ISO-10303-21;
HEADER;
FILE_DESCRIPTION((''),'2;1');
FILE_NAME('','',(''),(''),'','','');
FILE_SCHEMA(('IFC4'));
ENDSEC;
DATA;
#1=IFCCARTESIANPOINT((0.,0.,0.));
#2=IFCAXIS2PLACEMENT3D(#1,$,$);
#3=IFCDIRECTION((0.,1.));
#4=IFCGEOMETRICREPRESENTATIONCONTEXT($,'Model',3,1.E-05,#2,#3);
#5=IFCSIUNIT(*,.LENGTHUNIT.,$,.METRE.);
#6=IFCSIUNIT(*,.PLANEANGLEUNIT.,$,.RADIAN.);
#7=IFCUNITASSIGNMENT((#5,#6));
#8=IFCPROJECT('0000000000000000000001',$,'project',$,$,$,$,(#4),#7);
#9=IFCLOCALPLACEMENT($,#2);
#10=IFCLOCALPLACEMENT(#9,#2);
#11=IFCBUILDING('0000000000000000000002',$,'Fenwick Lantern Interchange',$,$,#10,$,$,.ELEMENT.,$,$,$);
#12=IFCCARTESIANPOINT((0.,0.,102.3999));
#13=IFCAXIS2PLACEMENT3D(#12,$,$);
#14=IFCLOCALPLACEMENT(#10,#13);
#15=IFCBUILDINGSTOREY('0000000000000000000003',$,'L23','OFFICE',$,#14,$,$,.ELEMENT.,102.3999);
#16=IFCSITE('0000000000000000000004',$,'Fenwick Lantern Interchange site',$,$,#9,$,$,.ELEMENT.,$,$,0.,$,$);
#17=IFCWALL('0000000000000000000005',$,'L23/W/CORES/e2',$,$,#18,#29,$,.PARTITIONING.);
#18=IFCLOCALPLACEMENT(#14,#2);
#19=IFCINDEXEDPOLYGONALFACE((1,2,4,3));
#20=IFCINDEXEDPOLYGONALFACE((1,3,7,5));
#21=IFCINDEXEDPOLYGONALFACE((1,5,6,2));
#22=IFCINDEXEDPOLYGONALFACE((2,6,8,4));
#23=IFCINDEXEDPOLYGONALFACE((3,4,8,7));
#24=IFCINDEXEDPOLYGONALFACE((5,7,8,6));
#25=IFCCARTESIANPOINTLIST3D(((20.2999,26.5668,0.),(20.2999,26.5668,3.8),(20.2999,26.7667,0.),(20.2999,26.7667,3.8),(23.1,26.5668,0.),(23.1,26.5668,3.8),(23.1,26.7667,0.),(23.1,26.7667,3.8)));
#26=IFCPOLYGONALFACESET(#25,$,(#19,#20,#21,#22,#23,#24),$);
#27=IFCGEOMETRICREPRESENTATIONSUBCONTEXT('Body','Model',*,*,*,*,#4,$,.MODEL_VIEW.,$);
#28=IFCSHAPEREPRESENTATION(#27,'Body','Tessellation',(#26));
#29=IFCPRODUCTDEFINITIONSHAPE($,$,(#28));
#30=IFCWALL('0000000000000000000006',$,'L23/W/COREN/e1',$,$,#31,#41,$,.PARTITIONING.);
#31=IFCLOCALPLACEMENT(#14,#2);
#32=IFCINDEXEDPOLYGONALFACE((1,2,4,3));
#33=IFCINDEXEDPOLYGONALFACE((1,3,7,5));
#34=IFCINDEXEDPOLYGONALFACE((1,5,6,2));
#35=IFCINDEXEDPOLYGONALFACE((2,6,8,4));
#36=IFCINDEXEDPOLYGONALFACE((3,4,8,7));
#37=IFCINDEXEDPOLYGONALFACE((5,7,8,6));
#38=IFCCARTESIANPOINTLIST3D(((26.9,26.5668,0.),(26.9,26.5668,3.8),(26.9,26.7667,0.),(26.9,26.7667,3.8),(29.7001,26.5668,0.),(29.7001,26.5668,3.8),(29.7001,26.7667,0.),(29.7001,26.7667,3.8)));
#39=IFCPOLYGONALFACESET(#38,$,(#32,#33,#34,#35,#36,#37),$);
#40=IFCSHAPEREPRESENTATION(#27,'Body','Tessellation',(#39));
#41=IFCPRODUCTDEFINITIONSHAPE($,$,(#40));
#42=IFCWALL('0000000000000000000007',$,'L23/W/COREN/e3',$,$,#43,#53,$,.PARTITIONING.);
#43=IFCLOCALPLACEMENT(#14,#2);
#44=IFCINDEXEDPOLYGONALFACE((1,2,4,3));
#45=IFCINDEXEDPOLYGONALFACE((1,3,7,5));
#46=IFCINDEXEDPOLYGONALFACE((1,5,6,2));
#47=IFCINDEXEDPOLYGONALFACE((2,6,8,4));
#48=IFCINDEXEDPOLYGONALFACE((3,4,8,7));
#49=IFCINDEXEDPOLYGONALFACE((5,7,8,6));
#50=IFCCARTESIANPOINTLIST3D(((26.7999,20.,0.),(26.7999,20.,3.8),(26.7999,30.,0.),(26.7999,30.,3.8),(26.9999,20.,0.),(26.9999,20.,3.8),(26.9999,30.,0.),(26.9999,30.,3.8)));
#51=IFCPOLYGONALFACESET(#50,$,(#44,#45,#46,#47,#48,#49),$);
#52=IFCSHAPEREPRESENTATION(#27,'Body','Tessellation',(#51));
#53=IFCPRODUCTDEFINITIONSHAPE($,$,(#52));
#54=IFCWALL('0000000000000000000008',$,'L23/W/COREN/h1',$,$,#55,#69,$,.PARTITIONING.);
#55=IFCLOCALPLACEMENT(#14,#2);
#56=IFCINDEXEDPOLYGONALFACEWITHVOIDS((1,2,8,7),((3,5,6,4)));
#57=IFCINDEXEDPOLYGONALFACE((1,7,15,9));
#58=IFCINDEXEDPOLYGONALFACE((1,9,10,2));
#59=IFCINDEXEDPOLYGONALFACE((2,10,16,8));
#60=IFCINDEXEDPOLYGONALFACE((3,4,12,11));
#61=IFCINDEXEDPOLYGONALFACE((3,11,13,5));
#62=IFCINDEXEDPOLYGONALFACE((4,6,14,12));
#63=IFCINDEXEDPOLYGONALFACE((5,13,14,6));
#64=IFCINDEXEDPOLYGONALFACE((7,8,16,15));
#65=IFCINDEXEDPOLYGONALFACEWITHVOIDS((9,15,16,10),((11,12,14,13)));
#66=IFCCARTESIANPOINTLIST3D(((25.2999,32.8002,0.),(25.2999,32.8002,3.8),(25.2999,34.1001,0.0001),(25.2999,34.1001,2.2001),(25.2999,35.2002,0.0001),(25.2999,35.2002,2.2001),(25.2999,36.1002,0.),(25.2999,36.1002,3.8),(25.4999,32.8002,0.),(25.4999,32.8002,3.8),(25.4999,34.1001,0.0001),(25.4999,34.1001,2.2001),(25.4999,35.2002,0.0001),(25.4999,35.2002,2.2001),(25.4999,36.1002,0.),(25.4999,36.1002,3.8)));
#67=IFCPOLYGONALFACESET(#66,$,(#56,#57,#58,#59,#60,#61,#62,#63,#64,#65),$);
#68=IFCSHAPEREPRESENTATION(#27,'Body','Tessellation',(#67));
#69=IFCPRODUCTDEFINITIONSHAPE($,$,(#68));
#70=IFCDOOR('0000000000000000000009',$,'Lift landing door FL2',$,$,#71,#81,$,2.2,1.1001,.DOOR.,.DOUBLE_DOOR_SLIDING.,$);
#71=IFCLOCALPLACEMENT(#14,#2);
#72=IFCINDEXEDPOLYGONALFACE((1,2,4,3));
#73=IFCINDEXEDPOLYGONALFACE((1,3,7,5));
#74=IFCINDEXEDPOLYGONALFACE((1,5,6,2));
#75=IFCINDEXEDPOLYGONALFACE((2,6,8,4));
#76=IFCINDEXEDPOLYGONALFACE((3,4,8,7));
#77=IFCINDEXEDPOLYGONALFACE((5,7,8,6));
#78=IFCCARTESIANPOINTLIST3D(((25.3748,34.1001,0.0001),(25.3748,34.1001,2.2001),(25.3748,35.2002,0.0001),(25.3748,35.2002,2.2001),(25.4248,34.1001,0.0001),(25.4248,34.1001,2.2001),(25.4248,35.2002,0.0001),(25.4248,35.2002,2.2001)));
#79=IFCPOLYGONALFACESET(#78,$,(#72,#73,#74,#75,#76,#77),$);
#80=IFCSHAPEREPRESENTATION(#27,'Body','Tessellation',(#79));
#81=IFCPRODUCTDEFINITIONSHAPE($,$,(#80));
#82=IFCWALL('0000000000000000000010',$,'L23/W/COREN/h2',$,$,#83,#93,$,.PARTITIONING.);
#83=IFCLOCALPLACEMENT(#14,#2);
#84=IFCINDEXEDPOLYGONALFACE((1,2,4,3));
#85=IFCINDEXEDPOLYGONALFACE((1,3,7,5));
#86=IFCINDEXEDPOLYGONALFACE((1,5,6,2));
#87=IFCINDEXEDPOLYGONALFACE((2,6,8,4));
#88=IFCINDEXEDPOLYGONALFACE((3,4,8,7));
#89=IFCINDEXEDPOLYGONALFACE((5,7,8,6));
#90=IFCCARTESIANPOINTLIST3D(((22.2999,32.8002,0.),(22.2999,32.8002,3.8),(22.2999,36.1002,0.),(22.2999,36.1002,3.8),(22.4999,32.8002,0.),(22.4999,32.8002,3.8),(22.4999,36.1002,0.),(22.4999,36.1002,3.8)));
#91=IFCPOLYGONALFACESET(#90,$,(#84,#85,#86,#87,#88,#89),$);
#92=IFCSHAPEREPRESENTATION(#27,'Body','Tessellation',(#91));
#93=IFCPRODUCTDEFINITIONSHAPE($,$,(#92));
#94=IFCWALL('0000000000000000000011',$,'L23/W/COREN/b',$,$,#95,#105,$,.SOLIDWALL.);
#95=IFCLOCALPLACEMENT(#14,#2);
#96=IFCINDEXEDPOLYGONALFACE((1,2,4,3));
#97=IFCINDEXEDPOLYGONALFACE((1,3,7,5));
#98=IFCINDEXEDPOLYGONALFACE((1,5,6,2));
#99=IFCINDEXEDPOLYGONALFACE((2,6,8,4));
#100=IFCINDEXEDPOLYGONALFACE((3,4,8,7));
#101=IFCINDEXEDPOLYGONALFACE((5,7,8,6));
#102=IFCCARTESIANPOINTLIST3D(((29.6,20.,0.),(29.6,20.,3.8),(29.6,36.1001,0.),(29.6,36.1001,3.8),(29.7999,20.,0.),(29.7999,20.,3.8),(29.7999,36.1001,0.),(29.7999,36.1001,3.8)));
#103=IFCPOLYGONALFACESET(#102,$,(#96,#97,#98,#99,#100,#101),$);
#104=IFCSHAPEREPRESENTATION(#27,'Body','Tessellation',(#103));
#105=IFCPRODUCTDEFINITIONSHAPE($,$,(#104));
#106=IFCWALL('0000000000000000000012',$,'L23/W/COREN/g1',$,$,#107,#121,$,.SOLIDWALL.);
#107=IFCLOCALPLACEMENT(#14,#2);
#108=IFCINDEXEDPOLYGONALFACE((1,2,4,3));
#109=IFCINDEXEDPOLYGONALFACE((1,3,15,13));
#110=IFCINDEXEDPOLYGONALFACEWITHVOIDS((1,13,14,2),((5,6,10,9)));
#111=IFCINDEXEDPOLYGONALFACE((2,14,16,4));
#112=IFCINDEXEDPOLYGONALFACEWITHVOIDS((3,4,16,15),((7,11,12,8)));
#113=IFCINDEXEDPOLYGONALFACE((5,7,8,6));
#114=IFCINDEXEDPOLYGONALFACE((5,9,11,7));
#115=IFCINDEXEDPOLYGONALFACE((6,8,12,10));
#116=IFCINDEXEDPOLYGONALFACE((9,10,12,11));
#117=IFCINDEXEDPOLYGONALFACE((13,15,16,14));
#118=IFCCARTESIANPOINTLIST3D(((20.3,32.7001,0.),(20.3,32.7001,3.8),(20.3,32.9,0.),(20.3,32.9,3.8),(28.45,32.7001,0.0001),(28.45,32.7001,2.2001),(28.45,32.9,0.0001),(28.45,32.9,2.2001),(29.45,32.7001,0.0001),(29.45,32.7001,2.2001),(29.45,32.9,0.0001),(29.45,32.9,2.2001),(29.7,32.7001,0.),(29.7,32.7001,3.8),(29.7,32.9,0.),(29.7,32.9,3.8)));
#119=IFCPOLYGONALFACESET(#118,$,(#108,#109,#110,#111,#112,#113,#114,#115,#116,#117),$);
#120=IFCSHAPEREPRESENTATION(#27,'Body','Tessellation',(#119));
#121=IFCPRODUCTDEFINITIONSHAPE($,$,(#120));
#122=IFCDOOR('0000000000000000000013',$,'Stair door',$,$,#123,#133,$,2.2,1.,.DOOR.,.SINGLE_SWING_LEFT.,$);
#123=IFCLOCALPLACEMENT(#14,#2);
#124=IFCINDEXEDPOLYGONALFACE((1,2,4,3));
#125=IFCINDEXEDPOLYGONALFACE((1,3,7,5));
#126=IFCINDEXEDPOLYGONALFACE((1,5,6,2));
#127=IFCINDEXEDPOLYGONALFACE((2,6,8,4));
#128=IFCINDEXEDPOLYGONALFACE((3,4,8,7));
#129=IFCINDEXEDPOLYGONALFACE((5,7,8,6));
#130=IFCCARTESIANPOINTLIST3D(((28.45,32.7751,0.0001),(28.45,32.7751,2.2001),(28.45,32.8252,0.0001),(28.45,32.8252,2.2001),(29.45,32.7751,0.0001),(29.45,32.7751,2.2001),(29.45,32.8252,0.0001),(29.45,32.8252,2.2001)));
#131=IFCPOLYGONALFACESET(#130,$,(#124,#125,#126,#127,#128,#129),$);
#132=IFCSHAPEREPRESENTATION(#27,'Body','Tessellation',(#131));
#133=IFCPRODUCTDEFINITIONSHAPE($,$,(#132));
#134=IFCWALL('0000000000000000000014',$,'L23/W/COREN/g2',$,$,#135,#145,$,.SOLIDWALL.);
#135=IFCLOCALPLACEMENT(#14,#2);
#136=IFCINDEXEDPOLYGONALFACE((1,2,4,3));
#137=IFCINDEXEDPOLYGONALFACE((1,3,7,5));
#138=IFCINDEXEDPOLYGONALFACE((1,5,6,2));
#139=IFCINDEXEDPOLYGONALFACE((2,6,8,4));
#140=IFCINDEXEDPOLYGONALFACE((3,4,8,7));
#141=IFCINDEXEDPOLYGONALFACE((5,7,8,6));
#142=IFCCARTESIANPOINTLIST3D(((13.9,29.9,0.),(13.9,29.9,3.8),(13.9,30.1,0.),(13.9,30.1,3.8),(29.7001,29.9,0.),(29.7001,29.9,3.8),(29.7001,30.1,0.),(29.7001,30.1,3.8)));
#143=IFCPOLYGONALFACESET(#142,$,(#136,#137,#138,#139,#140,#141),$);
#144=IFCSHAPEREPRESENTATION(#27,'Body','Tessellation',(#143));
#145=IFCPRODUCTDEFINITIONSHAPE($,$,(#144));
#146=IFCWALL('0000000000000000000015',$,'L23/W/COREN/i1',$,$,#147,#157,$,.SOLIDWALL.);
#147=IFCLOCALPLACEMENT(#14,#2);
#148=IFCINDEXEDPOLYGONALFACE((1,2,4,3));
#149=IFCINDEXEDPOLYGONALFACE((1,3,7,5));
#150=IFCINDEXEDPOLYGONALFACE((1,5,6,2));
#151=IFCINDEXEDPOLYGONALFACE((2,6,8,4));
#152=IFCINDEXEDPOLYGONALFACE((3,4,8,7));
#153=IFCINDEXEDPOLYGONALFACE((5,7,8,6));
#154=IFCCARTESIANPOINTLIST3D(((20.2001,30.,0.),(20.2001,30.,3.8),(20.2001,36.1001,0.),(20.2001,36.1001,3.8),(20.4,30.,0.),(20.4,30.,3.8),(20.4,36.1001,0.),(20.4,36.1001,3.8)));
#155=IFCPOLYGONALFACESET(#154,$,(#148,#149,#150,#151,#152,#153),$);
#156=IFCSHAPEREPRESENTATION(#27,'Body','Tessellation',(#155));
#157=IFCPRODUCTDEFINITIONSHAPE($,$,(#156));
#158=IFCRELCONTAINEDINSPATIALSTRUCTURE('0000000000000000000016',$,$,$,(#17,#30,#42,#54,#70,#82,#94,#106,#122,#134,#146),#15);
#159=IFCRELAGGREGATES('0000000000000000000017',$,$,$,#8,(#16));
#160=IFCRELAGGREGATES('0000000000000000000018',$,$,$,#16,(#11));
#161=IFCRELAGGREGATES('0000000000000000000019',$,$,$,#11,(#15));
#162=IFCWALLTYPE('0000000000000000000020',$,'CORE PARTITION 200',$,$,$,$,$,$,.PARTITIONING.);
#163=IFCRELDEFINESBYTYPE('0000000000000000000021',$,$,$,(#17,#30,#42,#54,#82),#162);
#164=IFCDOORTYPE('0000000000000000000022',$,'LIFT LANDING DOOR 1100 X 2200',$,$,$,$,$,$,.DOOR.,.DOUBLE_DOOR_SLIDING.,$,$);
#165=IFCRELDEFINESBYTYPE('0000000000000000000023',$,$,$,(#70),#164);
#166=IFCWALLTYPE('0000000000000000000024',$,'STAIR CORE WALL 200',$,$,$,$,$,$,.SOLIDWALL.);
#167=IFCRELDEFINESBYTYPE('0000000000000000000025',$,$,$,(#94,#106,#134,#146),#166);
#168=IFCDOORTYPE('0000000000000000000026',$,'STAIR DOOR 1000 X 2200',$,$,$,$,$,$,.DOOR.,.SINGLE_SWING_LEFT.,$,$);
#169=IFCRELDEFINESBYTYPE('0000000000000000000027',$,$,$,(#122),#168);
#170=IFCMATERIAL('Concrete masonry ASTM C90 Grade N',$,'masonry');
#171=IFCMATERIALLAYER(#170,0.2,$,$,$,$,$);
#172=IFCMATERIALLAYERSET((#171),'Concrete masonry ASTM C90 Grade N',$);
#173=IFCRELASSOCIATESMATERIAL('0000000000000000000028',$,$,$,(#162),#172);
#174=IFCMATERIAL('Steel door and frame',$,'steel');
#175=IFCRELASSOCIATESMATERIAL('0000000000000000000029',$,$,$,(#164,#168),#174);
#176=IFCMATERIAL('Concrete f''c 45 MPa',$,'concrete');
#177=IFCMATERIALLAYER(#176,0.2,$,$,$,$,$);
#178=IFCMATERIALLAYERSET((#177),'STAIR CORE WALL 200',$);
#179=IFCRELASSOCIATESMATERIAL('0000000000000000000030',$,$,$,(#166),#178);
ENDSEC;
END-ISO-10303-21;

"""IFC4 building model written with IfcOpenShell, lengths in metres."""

from ifc_helpers import new_model, si_unit, direction, frame, frame_2d, origin, place, context, subcontext, project, spatial, rectangle, extrude, material, layer, layer_set, type_object, element, fill, save


model = new_model("IFC4")

# Units and contexts
model_context = context("Model", 3, precision=1e-05, world=origin(), true_north=direction((0.0, 1.0)))
body_context = subcontext(model_context, "Body", "Model", "MODEL_VIEW")
ifc_project = project(units=[si_unit("LENGTHUNIT", "METRE"), si_unit("PLANEANGLEUNIT", "RADIAN")], contexts=[model_context])

# Site, building, storey
site_placement = place(None, origin())
site = spatial("IfcSite", under=ifc_project, at=site_placement, Name="Fenwick Lantern Interchange site", CompositionType="ELEMENT", RefElevation=0.0)
building_placement = place(site_placement, origin())
building = spatial("IfcBuilding", under=site, at=building_placement, Name="Fenwick Lantern Interchange", CompositionType="ELEMENT")
storey_placement = place(building_placement, frame((0.0, 0.0, 102.3999)))
storey = spatial("IfcBuildingStorey", under=building, at=storey_placement, Name="L23", Description="OFFICE", CompositionType="ELEMENT", Elevation=102.3999)

# Walls
ifc_material_1 = material(Name="Concrete masonry ASTM C90 Grade N", Category="masonry")
ifc_layer_1 = layer(ifc_material_1, 0.2)
ifc_layer_set_1 = layer_set([ifc_layer_1], Name="Concrete masonry ASTM C90 Grade N")
wall_type_1 = type_object("IfcWallType", Name="CORE PARTITION 200", PredefinedType="PARTITIONING", material=ifc_layer_set_1)
for number, where, z_axis, x_axis, name in (
    (1, (20.3, 26.6667, 0.0), (0.0, 0.0, 1.0), (1.0, 0.0, 0.0), "L23/W/CORES/e2"),
    (2, (29.7, 26.6667, 0.0), (0.0, 0.0, 1.0), (-1.0, 0.0, 0.0), "L23/W/COREN/e1"),
):
    element("IfcWall", number, at=place(storey_placement, frame(where, z_axis=z_axis, x_axis=x_axis)), inside=storey, type_object=wall_type_1, Name=name, PredefinedType="PARTITIONING", context=body_context, shape_type="SweptSolid", body=[
        extrude(rectangle(XDim=2.8, YDim=0.2, at=frame_2d((1.3999, 0.0))), origin(), (0.0, 0.0, 1.0), 3.8),
    ])
wall_1_placement = place(storey_placement, frame((26.8999, 30.0, 0.0), z_axis=(0.0, 0.0, 1.0), x_axis=(0.0, -1.0, 0.0)))
element("IfcWall", 3, at=wall_1_placement, inside=storey, type_object=wall_type_1, Name="L23/W/COREN/e3", PredefinedType="PARTITIONING", context=body_context, shape_type="SweptSolid", body=[
    extrude(rectangle(XDim=10.0, YDim=0.2, at=frame_2d((5.0, 0.0))), origin(), (0.0, 0.0, 1.0), 3.8),
])

# Wall, opening, door
wall_2_placement = place(storey_placement, frame((25.3999, 36.1001, 0.0), z_axis=(0.0, 0.0, 1.0), x_axis=(0.0, -1.0, 0.0)))
wall_2 = element("IfcWall", 4, at=wall_2_placement, inside=storey, type_object=wall_type_1, Name="L23/W/COREN/h1", PredefinedType="PARTITIONING", context=body_context, shape_type="SweptSolid", body=[
    extrude(rectangle(XDim=3.3, YDim=0.2, at=frame_2d((1.6499, 0.0))), origin(), (0.0, 0.0, 1.0), 3.8),
])
opening_1_placement = place(wall_2_placement, frame((0.8999, 0.0, 0.0)))
opening_1 = element("IfcOpeningElement", 5, at=opening_1_placement, cuts=wall_2, PredefinedType="OPENING", context=body_context, shape_type="SweptSolid", body=[
    extrude(rectangle(XDim=1.1001, YDim=2.2, at=frame_2d((0.55, 1.1001))), frame((0.0, 0.1099, 0.0), z_axis=(0.0, -1.0, 0.0), x_axis=(1.0, 0.0, 0.0)), (0.0, 0.0, 1.0), 0.22),
])
ifc_material_2 = material(Name="Steel door and frame", Category="steel")
door_type_1 = type_object("IfcDoorType", Name="LIFT LANDING DOOR 1100 X 2200", OperationType="DOUBLE_DOOR_SLIDING", PredefinedType="DOOR", material=ifc_material_2)
door_1_placement = place(opening_1_placement, origin())
door_1 = element("IfcDoor", 6, at=door_1_placement, inside=storey, type_object=door_type_1, Name="Lift landing door FL2", OperationType="DOUBLE_DOOR_SLIDING", OverallHeight=2.2, OverallWidth=1.1001, PredefinedType="DOOR", context=body_context, shape_type="SweptSolid", body=[
    extrude(rectangle(XDim=1.1001, YDim=2.2, at=frame_2d((0.55, 1.1001))), frame((0.0, 0.0249, 0.0), z_axis=(0.0, -1.0, 0.0), x_axis=(1.0, 0.0, 0.0)), (0.0, 0.0, 1.0), 0.05),
])
fill(opening_1, door_1)

# Walls
wall_3_placement = place(storey_placement, frame((22.3999, 36.1001, 0.0), z_axis=(0.0, 0.0, 1.0), x_axis=(0.0, -1.0, 0.0)))
element("IfcWall", 7, at=wall_3_placement, inside=storey, type_object=wall_type_1, Name="L23/W/COREN/h2", PredefinedType="PARTITIONING", context=body_context, shape_type="SweptSolid", body=[
    extrude(rectangle(XDim=3.3, YDim=0.2, at=frame_2d((1.6499, 0.0))), origin(), (0.0, 0.0, 1.0), 3.8),
])
ifc_material_3 = material(Name="Concrete f'c 45 MPa", Category="concrete")
ifc_layer_2 = layer(ifc_material_3, 0.2)
ifc_layer_set_2 = layer_set([ifc_layer_2], Name="STAIR CORE WALL 200")
wall_type_2 = type_object("IfcWallType", Name="STAIR CORE WALL 200", PredefinedType="SOLIDWALL", material=ifc_layer_set_2)
wall_4_placement = place(storey_placement, frame((29.7, 36.1001, 0.0), z_axis=(0.0, 0.0, 1.0), x_axis=(0.0, -1.0, 0.0)))
element("IfcWall", 8, at=wall_4_placement, inside=storey, type_object=wall_type_2, Name="L23/W/COREN/b", PredefinedType="SOLIDWALL", context=body_context, shape_type="SweptSolid", body=[
    extrude(rectangle(XDim=16.1001, YDim=0.2, at=frame_2d((8.05, 0.0))), origin(), (0.0, 0.0, 1.0), 3.8),
])

# Wall, opening, door
wall_5_placement = place(storey_placement, frame((29.7, 32.8, 0.0), z_axis=(0.0, 0.0, 1.0), x_axis=(-1.0, 0.0, 0.0)))
wall_5 = element("IfcWall", 9, at=wall_5_placement, inside=storey, type_object=wall_type_2, Name="L23/W/COREN/g1", PredefinedType="SOLIDWALL", context=body_context, shape_type="SweptSolid", body=[
    extrude(rectangle(XDim=9.3999, YDim=0.2, at=frame_2d((4.7, 0.0))), origin(), (0.0, 0.0, 1.0), 3.8),
])
opening_2_placement = place(wall_5_placement, frame((0.25, 0.0, 0.0)))
opening_2 = element("IfcOpeningElement", 10, at=opening_2_placement, cuts=wall_5, PredefinedType="OPENING", context=body_context, shape_type="SweptSolid", body=[
    extrude(rectangle(XDim=1.0, YDim=2.2, at=frame_2d((0.5, 1.1001))), frame((0.0, 0.1099, 0.0), z_axis=(0.0, -1.0, 0.0), x_axis=(1.0, 0.0, 0.0)), (0.0, 0.0, 1.0), 0.22),
])
door_type_2 = type_object("IfcDoorType", Name="STAIR DOOR 1000 X 2200", OperationType="SINGLE_SWING_LEFT", PredefinedType="DOOR", material=ifc_material_2)
door_2_placement = place(opening_2_placement, origin())
door_2 = element("IfcDoor", 11, at=door_2_placement, inside=storey, type_object=door_type_2, Name="Stair door", OperationType="SINGLE_SWING_LEFT", OverallHeight=2.2, OverallWidth=1.0, PredefinedType="DOOR", context=body_context, shape_type="SweptSolid", body=[
    extrude(rectangle(XDim=1.0, YDim=2.2, at=frame_2d((0.5, 1.1001))), frame((0.0, 0.0249, 0.0), z_axis=(0.0, -1.0, 0.0), x_axis=(1.0, 0.0, 0.0)), (0.0, 0.0, 1.0), 0.05),
])
fill(opening_2, door_2)

# Walls
wall_6_placement = place(storey_placement, frame((29.7, 30.0, 0.0), z_axis=(0.0, 0.0, 1.0), x_axis=(-1.0, 0.0, 0.0)))
element("IfcWall", 12, at=wall_6_placement, inside=storey, type_object=wall_type_2, Name="L23/W/COREN/g2", PredefinedType="SOLIDWALL", context=body_context, shape_type="SweptSolid", body=[
    extrude(rectangle(XDim=15.8, YDim=0.2, at=frame_2d((7.8999, 0.0))), origin(), (0.0, 0.0, 1.0), 3.8),
])
wall_7_placement = place(storey_placement, frame((20.3, 36.1001, 0.0), z_axis=(0.0, 0.0, 1.0), x_axis=(0.0, -1.0, 0.0)))
element("IfcWall", 13, at=wall_7_placement, inside=storey, type_object=wall_type_2, Name="L23/W/COREN/i1", PredefinedType="SOLIDWALL", context=body_context, shape_type="SweptSolid", body=[
    extrude(rectangle(XDim=6.1001, YDim=0.2, at=frame_2d((3.05, 0.0))), origin(), (0.0, 0.0, 1.0), 3.8),
])

save(model, "model.ifc")
